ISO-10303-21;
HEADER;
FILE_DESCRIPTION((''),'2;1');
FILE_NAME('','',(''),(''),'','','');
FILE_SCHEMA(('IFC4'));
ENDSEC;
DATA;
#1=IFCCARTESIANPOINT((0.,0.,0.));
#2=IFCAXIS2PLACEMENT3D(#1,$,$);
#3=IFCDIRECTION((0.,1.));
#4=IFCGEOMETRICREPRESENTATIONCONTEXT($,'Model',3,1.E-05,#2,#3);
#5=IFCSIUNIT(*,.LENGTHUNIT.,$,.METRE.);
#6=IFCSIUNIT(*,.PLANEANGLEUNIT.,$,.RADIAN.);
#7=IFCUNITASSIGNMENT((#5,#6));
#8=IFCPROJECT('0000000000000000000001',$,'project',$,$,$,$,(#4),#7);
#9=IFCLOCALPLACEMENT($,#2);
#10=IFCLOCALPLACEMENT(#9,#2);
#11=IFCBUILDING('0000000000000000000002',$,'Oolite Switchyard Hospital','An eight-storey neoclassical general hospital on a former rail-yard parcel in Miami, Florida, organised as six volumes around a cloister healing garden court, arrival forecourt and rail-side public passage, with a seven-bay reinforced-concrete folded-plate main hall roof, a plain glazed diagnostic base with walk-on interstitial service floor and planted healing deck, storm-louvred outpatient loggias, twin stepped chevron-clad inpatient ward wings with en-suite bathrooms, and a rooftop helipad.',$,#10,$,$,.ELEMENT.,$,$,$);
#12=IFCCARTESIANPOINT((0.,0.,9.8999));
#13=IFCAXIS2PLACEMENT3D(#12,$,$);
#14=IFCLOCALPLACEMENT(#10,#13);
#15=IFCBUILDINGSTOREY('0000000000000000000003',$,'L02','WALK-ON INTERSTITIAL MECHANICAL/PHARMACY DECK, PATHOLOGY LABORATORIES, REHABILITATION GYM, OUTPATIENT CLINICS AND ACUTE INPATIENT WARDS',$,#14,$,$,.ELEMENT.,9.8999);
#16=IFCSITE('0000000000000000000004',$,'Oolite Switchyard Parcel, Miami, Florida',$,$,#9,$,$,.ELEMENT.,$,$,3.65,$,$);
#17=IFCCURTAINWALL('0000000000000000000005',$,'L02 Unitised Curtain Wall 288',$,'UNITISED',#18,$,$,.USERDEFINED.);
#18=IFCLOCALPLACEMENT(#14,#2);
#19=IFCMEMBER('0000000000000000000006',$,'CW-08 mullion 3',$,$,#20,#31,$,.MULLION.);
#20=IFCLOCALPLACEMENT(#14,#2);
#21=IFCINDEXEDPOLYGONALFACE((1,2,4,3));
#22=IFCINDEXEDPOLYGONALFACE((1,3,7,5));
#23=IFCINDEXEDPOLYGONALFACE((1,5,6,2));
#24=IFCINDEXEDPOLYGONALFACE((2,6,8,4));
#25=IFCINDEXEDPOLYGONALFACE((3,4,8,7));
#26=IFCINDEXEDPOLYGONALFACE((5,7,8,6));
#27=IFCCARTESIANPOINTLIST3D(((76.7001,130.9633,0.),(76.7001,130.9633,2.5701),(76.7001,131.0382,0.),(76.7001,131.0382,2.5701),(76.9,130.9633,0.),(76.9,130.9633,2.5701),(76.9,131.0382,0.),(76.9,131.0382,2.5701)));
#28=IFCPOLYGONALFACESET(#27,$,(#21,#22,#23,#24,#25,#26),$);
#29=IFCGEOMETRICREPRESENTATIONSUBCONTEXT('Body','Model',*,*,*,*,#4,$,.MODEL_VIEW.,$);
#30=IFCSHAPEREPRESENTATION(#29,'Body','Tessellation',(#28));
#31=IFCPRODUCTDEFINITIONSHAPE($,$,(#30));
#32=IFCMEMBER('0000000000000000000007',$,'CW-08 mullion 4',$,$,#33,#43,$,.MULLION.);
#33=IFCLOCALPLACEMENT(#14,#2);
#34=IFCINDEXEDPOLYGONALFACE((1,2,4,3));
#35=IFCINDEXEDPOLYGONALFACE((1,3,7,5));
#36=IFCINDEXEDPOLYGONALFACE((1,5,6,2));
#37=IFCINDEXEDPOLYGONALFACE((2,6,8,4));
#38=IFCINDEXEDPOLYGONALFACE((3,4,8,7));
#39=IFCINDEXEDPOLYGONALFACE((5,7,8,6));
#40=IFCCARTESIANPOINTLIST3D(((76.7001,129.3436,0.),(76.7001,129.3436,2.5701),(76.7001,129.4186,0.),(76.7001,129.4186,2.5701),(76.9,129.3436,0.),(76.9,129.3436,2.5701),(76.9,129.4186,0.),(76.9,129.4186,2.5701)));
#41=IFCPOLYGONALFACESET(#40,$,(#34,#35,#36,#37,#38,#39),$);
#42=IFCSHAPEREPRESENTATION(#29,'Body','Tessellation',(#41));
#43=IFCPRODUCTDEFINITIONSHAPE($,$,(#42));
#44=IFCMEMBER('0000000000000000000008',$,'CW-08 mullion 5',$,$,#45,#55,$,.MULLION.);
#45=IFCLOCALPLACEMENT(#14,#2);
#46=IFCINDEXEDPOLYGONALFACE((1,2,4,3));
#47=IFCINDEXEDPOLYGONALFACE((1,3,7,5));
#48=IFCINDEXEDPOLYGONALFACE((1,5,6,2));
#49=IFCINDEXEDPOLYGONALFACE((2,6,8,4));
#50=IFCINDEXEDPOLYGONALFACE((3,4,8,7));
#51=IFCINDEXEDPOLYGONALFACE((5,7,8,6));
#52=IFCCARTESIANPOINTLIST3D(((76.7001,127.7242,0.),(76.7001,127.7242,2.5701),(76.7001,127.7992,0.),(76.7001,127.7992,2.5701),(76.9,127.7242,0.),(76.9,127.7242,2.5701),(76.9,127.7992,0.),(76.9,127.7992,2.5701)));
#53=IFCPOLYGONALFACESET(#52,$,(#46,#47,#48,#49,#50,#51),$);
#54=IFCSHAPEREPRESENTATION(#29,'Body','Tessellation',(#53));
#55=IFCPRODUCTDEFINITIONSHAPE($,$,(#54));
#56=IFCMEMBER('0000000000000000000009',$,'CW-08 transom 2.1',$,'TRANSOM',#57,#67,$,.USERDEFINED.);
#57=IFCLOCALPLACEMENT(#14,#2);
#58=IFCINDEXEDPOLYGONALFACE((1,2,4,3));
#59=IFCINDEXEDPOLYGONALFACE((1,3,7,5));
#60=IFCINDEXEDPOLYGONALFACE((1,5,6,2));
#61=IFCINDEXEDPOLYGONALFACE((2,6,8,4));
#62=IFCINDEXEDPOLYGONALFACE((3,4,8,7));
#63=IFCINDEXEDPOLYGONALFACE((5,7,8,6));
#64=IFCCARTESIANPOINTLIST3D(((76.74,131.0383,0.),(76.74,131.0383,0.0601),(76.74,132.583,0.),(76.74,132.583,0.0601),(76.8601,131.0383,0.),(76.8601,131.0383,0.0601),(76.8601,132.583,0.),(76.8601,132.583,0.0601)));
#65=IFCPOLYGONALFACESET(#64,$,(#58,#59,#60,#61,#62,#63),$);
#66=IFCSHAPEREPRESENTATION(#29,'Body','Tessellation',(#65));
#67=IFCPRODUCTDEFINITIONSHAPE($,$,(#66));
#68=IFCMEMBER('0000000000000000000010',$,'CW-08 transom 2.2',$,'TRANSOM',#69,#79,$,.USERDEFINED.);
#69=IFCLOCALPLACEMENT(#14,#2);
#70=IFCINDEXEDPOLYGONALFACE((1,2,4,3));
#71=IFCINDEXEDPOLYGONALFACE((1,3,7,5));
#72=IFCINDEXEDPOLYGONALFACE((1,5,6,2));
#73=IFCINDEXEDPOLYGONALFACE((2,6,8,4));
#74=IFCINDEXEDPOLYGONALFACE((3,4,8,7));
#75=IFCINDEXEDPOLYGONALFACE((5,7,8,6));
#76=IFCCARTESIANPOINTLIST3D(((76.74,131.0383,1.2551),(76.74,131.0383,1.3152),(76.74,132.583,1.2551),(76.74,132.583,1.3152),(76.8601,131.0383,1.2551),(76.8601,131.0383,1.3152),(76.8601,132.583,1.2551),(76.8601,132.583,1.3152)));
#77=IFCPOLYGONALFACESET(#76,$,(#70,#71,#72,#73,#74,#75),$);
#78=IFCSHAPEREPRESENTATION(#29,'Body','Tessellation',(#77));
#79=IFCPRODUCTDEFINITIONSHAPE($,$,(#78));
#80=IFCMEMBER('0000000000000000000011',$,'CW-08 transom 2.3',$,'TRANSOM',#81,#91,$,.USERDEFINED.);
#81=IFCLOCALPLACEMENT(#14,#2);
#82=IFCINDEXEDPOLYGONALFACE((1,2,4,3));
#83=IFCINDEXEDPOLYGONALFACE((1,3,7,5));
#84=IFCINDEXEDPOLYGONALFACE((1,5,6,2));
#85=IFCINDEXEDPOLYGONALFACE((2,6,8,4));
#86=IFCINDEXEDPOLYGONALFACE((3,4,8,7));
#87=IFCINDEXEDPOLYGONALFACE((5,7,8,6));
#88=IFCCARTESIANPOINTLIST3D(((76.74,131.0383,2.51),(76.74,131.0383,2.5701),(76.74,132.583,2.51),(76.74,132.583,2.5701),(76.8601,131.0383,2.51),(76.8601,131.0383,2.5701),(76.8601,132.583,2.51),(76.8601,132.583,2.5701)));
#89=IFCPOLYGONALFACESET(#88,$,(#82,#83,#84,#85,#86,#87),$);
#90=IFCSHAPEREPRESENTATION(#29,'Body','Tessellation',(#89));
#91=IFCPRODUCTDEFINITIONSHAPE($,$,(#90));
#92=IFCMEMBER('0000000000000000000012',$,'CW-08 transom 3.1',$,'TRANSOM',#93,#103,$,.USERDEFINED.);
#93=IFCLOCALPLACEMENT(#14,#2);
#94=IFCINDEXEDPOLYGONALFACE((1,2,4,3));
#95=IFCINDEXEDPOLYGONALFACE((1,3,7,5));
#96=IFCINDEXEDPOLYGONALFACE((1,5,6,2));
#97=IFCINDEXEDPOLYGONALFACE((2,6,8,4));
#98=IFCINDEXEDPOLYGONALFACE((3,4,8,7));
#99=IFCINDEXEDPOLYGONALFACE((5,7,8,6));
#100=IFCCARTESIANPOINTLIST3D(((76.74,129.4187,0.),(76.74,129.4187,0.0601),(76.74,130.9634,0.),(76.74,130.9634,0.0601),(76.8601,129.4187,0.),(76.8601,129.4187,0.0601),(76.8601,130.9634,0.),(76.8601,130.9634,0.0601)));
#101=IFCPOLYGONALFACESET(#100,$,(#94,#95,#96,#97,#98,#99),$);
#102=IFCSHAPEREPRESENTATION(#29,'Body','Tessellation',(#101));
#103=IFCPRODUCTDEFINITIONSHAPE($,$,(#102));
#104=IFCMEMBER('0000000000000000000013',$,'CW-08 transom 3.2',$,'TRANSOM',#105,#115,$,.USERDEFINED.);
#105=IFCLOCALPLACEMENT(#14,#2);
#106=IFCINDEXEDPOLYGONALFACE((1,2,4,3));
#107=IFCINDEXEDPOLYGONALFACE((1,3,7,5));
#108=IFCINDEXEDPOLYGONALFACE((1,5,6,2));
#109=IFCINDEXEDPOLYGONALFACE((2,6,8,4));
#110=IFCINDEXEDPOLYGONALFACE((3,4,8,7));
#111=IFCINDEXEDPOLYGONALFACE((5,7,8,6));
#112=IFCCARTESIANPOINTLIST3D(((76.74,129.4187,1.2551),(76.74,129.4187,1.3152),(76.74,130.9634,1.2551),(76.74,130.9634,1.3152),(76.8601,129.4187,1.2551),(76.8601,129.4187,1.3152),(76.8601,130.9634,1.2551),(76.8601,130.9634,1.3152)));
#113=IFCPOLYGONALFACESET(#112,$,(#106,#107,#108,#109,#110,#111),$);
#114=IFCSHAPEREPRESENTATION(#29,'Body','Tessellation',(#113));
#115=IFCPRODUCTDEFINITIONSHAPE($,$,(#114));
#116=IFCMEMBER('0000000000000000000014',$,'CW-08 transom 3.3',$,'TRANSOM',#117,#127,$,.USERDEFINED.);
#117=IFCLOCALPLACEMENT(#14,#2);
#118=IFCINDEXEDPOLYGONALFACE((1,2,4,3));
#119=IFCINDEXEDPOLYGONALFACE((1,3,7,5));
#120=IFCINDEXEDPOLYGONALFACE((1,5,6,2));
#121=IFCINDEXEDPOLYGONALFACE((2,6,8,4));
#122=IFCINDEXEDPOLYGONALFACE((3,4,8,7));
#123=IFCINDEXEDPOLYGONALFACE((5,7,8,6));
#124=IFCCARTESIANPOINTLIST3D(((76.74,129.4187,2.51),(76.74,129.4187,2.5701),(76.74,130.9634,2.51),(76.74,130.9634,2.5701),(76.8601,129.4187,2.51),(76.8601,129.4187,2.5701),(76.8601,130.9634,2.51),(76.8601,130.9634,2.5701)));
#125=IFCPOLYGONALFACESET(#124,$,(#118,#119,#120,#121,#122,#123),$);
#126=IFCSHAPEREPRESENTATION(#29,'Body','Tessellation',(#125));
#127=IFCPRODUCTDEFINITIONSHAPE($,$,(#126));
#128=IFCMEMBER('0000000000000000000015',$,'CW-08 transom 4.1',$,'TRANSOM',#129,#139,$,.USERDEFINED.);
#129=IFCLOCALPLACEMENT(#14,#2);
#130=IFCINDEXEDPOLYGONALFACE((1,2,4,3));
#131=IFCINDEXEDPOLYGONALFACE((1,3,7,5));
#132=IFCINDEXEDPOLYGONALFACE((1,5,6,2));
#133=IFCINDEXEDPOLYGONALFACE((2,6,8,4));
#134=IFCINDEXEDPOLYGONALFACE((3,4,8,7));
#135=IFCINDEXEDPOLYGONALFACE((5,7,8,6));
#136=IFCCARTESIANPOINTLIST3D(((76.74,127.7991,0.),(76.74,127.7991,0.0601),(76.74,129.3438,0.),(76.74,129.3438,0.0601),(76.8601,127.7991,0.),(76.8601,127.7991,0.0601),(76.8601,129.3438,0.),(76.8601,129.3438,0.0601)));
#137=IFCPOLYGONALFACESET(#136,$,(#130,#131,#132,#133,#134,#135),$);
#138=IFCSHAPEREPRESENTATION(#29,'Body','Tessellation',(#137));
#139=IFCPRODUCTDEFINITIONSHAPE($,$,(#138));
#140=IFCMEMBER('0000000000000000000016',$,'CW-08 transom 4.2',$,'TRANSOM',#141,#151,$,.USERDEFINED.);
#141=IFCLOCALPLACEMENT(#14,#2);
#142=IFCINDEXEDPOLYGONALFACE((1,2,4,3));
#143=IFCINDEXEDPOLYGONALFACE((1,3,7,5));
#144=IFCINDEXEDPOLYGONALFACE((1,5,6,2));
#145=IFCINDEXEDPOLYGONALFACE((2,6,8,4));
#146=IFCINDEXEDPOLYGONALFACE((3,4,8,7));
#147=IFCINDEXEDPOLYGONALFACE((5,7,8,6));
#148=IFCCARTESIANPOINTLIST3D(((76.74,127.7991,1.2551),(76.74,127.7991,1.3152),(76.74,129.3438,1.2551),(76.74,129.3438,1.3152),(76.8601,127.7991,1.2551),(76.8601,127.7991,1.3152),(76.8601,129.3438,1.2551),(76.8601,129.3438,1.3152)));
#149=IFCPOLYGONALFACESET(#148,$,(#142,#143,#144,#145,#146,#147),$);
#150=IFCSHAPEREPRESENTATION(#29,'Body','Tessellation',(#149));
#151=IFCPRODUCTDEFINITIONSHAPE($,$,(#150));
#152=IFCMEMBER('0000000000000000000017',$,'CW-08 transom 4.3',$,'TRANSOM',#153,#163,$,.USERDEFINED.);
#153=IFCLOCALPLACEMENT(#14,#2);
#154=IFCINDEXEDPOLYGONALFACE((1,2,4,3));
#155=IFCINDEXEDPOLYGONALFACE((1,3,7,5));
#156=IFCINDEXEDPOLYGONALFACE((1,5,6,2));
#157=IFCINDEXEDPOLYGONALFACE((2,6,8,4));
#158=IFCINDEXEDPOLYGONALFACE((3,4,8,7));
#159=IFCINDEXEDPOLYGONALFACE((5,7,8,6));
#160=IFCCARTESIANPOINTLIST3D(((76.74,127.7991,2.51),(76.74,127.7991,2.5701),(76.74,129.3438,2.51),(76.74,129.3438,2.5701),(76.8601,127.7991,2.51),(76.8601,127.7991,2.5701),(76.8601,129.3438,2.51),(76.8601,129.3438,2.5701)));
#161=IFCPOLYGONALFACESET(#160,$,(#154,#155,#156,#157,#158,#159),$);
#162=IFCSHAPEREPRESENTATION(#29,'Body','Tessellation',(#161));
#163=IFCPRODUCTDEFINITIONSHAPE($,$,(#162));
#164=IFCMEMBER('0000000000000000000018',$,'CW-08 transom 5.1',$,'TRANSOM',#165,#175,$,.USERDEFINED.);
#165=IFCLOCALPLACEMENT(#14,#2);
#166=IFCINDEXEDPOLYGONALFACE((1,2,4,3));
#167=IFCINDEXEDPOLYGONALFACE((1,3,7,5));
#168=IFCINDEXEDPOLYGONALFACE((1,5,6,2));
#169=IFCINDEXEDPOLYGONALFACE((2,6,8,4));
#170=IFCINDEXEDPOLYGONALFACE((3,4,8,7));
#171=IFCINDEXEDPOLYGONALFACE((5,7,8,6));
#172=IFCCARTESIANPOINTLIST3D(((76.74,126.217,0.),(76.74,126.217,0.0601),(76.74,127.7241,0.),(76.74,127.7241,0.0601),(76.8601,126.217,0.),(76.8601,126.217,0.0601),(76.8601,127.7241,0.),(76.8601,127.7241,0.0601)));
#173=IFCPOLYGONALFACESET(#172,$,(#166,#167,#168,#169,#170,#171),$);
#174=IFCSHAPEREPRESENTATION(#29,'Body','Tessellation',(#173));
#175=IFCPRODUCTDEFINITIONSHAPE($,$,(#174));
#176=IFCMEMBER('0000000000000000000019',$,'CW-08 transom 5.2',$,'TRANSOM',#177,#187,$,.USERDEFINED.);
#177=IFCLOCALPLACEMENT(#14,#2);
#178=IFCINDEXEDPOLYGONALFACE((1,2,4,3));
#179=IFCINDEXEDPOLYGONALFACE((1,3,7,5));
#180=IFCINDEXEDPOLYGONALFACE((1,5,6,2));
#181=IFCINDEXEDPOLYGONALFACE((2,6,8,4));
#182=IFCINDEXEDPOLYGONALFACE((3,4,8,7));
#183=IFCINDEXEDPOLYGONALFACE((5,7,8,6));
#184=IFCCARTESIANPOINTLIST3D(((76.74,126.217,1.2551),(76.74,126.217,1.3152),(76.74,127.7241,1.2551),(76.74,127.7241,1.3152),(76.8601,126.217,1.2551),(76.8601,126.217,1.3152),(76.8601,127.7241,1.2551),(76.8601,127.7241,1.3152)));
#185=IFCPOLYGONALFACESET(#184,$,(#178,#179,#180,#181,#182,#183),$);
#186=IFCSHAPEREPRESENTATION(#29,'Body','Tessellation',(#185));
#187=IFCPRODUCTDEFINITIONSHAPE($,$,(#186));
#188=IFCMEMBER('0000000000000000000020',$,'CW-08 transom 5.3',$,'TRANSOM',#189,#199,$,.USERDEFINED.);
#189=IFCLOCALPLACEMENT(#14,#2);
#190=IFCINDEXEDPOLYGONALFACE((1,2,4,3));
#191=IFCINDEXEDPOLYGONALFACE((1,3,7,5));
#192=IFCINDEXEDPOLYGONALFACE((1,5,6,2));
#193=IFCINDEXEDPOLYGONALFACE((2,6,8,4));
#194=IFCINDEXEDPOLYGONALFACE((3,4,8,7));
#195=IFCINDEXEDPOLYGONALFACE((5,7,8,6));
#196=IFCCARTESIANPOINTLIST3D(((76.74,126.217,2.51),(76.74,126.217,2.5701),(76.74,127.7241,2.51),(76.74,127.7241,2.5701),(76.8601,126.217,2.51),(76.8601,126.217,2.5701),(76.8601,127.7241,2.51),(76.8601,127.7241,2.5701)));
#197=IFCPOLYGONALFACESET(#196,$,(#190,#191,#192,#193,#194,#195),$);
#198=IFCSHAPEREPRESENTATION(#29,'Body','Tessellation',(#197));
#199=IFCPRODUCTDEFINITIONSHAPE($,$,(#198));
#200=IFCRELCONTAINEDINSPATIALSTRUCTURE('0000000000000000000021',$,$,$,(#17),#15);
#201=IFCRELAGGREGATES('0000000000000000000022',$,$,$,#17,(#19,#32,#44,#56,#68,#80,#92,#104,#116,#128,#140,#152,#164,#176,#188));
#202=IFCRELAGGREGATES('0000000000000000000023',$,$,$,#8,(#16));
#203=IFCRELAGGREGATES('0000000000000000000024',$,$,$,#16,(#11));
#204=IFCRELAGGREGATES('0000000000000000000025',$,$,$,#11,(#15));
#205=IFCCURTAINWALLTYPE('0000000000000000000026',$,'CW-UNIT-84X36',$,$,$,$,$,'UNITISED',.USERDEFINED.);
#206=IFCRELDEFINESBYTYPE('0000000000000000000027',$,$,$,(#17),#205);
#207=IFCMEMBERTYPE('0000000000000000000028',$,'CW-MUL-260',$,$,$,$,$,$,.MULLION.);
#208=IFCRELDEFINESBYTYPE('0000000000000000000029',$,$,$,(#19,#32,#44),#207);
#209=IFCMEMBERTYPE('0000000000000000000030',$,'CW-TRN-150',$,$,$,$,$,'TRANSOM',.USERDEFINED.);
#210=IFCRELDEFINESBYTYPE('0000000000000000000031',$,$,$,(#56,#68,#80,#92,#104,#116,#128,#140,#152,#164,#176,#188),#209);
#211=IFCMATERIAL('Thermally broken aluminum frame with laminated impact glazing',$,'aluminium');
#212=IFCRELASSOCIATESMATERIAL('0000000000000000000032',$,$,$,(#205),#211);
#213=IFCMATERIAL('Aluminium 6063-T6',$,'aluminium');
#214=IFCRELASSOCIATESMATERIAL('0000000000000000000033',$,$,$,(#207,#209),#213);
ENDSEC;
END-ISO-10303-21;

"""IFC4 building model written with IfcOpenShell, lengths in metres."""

from ifc_helpers import new_model, si_unit, direction, frame, origin, origin_2d, place, context, subcontext, project, spatial, rectangle, extrude, material, material_profile, profile_set, type_object, element, aggregate, save


model = new_model("IFC4")

# Units and contexts
model_context = context("Model", 3, precision=1e-05, world=origin(), true_north=direction((0.0, 1.0)))
body_context = subcontext(model_context, "Body", "Model", "MODEL_VIEW")
ifc_project = project(units=[si_unit("LENGTHUNIT", "METRE"), si_unit("PLANEANGLEUNIT", "RADIAN")], contexts=[model_context])

# Site, building, storey
site_placement = place(None, origin())
site = spatial("IfcSite", under=ifc_project, at=site_placement, Name="Oolite Switchyard Parcel, Miami, Florida", CompositionType="ELEMENT", RefElevation=3.65)
building_placement = place(site_placement, origin())
building = spatial("IfcBuilding", under=site, at=building_placement, Name="Oolite Switchyard Hospital", Description="An eight-storey neoclassical general hospital on a former rail-yard parcel in Miami, Florida, organised as six volumes around a cloister healing garden court, arrival forecourt and rail-side public passage, with a seven-bay reinforced-concrete folded-plate main hall roof, a plain glazed diagnostic base with walk-on interstitial service floor and planted healing deck, storm-louvred outpatient loggias, twin stepped chevron-clad inpatient ward wings with en-suite bathrooms, and a rooftop helipad.", CompositionType="ELEMENT")
storey_placement = place(building_placement, frame((0.0, 0.0, 9.8999)))
storey = spatial("IfcBuildingStorey", under=building, at=storey_placement, Name="L02", Description="WALK-ON INTERSTITIAL MECHANICAL/PHARMACY DECK, PATHOLOGY LABORATORIES, REHABILITATION GYM, OUTPATIENT CLINICS AND ACUTE INPATIENT WARDS", CompositionType="ELEMENT", Elevation=9.8999)

# Curtain wall, members
ifc_material_1 = material(Name="Thermally broken aluminum frame with laminated impact glazing", Category="aluminium")
curtain_wall_type = type_object("IfcCurtainWallType", Name="CW-UNIT-84X36", ElementType="UNITISED", PredefinedType="USERDEFINED", material=ifc_material_1)
curtain_wall_placement = place(storey_placement, origin())
curtain_wall = element("IfcCurtainWall", 1, at=curtain_wall_placement, inside=storey, type_object=curtain_wall_type, Name="L02 Unitised Curtain Wall 288", ObjectType="UNITISED", PredefinedType="USERDEFINED")
ifc_material_2 = material(Name="Aluminium 6063-T6", Category="aluminium")
ifc_material_profile_1 = material_profile(ifc_material_2, rectangle(XDim=0.2, YDim=0.075, at=origin_2d()), Name="CWM75X200")
ifc_profile_set_1 = profile_set([ifc_material_profile_1], Name="Aluminium 6063-T6")
member_type_1 = type_object("IfcMemberType", Name="CW-MUL-260", PredefinedType="MULLION", material=ifc_profile_set_1)
member_1_placement = place(storey_placement, frame((76.8, 131.0007, 0.0), z_axis=(0.0, 0.0, 1.0), x_axis=(1.0, 0.0, 0.0)))
member_1 = element("IfcMember", 2, at=member_1_placement, type_object=member_type_1, Name="CW-08 mullion 3", PredefinedType="MULLION", context=body_context, shape_type="SweptSolid", body=[
    extrude(rectangle(XDim=0.2, YDim=0.075, at=origin_2d()), origin(), (0.0, 0.0, 1.0), 2.5701),
])
member_2_placement = place(storey_placement, frame((76.8, 129.3811, 0.0), z_axis=(0.0, 0.0, 1.0), x_axis=(1.0, 0.0, 0.0)))
member_2 = element("IfcMember", 3, at=member_2_placement, type_object=member_type_1, Name="CW-08 mullion 4", PredefinedType="MULLION", context=body_context, shape_type="SweptSolid", body=[
    extrude(rectangle(XDim=0.2, YDim=0.075, at=origin_2d()), origin(), (0.0, 0.0, 1.0), 2.5701),
])
member_3_placement = place(storey_placement, frame((76.8, 127.7617, 0.0), z_axis=(0.0, 0.0, 1.0), x_axis=(1.0, 0.0, 0.0)))
member_3 = element("IfcMember", 4, at=member_3_placement, type_object=member_type_1, Name="CW-08 mullion 5", PredefinedType="MULLION", context=body_context, shape_type="SweptSolid", body=[
    extrude(rectangle(XDim=0.2, YDim=0.075, at=origin_2d()), origin(), (0.0, 0.0, 1.0), 2.5701),
])
ifc_material_profile_2 = material_profile(ifc_material_2, rectangle(XDim=0.1201, YDim=0.0601, at=origin_2d()), Name="CWT60X120")
ifc_profile_set_2 = profile_set([ifc_material_profile_2], Name="Aluminium 6063-T6")
member_type_2 = type_object("IfcMemberType", Name="CW-TRN-150", ElementType="TRANSOM", PredefinedType="USERDEFINED", material=ifc_profile_set_2)
member_4_placement = place(storey_placement, frame((76.8, 132.583, 0.03), z_axis=(0.0, -1.0, 0.0), x_axis=(1.0, 0.0, 0.0)))
member_4 = element("IfcMember", 5, at=member_4_placement, type_object=member_type_2, Name="CW-08 transom 2.1", ObjectType="TRANSOM", PredefinedType="USERDEFINED", context=body_context, shape_type="SweptSolid", body=[
    extrude(rectangle(XDim=0.1201, YDim=0.0601, at=origin_2d()), origin(), (0.0, 0.0, 1.0), 1.5447),
])
member_5_placement = place(storey_placement, frame((76.8, 132.583, 1.2852), z_axis=(0.0, -1.0, 0.0), x_axis=(1.0, 0.0, 0.0)))
member_5 = element("IfcMember", 6, at=member_5_placement, type_object=member_type_2, Name="CW-08 transom 2.2", ObjectType="TRANSOM", PredefinedType="USERDEFINED", context=body_context, shape_type="SweptSolid", body=[
    extrude(rectangle(XDim=0.1201, YDim=0.0601, at=origin_2d()), origin(), (0.0, 0.0, 1.0), 1.5447),
])
member_6_placement = place(storey_placement, frame((76.8, 132.583, 2.54), z_axis=(0.0, -1.0, 0.0), x_axis=(1.0, 0.0, 0.0)))
member_6 = element("IfcMember", 7, at=member_6_placement, type_object=member_type_2, Name="CW-08 transom 2.3", ObjectType="TRANSOM", PredefinedType="USERDEFINED", context=body_context, shape_type="SweptSolid", body=[
    extrude(rectangle(XDim=0.1201, YDim=0.0601, at=origin_2d()), origin(), (0.0, 0.0, 1.0), 1.5447),
])
member_7_placement = place(storey_placement, frame((76.8, 130.9634, 0.03), z_axis=(0.0, -1.0, 0.0), x_axis=(1.0, 0.0, 0.0)))
member_7 = element("IfcMember", 8, at=member_7_placement, type_object=member_type_2, Name="CW-08 transom 3.1", ObjectType="TRANSOM", PredefinedType="USERDEFINED", context=body_context, shape_type="SweptSolid", body=[
    extrude(rectangle(XDim=0.1201, YDim=0.0601, at=origin_2d()), origin(), (0.0, 0.0, 1.0), 1.5447),
])
member_8_placement = place(storey_placement, frame((76.8, 130.9634, 1.2852), z_axis=(0.0, -1.0, 0.0), x_axis=(1.0, 0.0, 0.0)))
member_8 = element("IfcMember", 9, at=member_8_placement, type_object=member_type_2, Name="CW-08 transom 3.2", ObjectType="TRANSOM", PredefinedType="USERDEFINED", context=body_context, shape_type="SweptSolid", body=[
    extrude(rectangle(XDim=0.1201, YDim=0.0601, at=origin_2d()), origin(), (0.0, 0.0, 1.0), 1.5447),
])
member_9_placement = place(storey_placement, frame((76.8, 130.9634, 2.54), z_axis=(0.0, -1.0, 0.0), x_axis=(1.0, 0.0, 0.0)))
member_9 = element("IfcMember", 10, at=member_9_placement, type_object=member_type_2, Name="CW-08 transom 3.3", ObjectType="TRANSOM", PredefinedType="USERDEFINED", context=body_context, shape_type="SweptSolid", body=[
    extrude(rectangle(XDim=0.1201, YDim=0.0601, at=origin_2d()), origin(), (0.0, 0.0, 1.0), 1.5447),
])
member_10_placement = place(storey_placement, frame((76.8, 129.3438, 0.03), z_axis=(0.0, -1.0, 0.0), x_axis=(1.0, 0.0, 0.0)))
member_10 = element("IfcMember", 11, at=member_10_placement, type_object=member_type_2, Name="CW-08 transom 4.1", ObjectType="TRANSOM", PredefinedType="USERDEFINED", context=body_context, shape_type="SweptSolid", body=[
    extrude(rectangle(XDim=0.1201, YDim=0.0601, at=origin_2d()), origin(), (0.0, 0.0, 1.0), 1.5447),
])
member_11_placement = place(storey_placement, frame((76.8, 129.3438, 1.2852), z_axis=(0.0, -1.0, 0.0), x_axis=(1.0, 0.0, 0.0)))
member_11 = element("IfcMember", 12, at=member_11_placement, type_object=member_type_2, Name="CW-08 transom 4.2", ObjectType="TRANSOM", PredefinedType="USERDEFINED", context=body_context, shape_type="SweptSolid", body=[
    extrude(rectangle(XDim=0.1201, YDim=0.0601, at=origin_2d()), origin(), (0.0, 0.0, 1.0), 1.5447),
])
member_12_placement = place(storey_placement, frame((76.8, 129.3438, 2.54), z_axis=(0.0, -1.0, 0.0), x_axis=(1.0, 0.0, 0.0)))
member_12 = element("IfcMember", 13, at=member_12_placement, type_object=member_type_2, Name="CW-08 transom 4.3", ObjectType="TRANSOM", PredefinedType="USERDEFINED", context=body_context, shape_type="SweptSolid", body=[
    extrude(rectangle(XDim=0.1201, YDim=0.0601, at=origin_2d()), origin(), (0.0, 0.0, 1.0), 1.5447),
])
member_13_placement = place(storey_placement, frame((76.8, 127.7241, 0.03), z_axis=(0.0, -1.0, 0.0), x_axis=(1.0, 0.0, 0.0)))
member_13 = element("IfcMember", 14, at=member_13_placement, type_object=member_type_2, Name="CW-08 transom 5.1", ObjectType="TRANSOM", PredefinedType="USERDEFINED", context=body_context, shape_type="SweptSolid", body=[
    extrude(rectangle(XDim=0.1201, YDim=0.0601, at=origin_2d()), origin(), (0.0, 0.0, 1.0), 1.5071),
])
member_14_placement = place(storey_placement, frame((76.8, 127.7241, 1.2852), z_axis=(0.0, -1.0, 0.0), x_axis=(1.0, 0.0, 0.0)))
member_14 = element("IfcMember", 15, at=member_14_placement, type_object=member_type_2, Name="CW-08 transom 5.2", ObjectType="TRANSOM", PredefinedType="USERDEFINED", context=body_context, shape_type="SweptSolid", body=[
    extrude(rectangle(XDim=0.1201, YDim=0.0601, at=origin_2d()), origin(), (0.0, 0.0, 1.0), 1.5071),
])
member_15_placement = place(storey_placement, frame((76.8, 127.7241, 2.54), z_axis=(0.0, -1.0, 0.0), x_axis=(1.0, 0.0, 0.0)))
member_15 = element("IfcMember", 16, at=member_15_placement, type_object=member_type_2, Name="CW-08 transom 5.3", ObjectType="TRANSOM", PredefinedType="USERDEFINED", context=body_context, shape_type="SweptSolid", body=[
    extrude(rectangle(XDim=0.1201, YDim=0.0601, at=origin_2d()), origin(), (0.0, 0.0, 1.0), 1.5071),
])
aggregate(curtain_wall, [member_1, member_2, member_3, member_4, member_5, member_6, member_7, member_8, member_9, member_10, member_11, member_12, member_13, member_14, member_15])

save(model, "model.ifc")
